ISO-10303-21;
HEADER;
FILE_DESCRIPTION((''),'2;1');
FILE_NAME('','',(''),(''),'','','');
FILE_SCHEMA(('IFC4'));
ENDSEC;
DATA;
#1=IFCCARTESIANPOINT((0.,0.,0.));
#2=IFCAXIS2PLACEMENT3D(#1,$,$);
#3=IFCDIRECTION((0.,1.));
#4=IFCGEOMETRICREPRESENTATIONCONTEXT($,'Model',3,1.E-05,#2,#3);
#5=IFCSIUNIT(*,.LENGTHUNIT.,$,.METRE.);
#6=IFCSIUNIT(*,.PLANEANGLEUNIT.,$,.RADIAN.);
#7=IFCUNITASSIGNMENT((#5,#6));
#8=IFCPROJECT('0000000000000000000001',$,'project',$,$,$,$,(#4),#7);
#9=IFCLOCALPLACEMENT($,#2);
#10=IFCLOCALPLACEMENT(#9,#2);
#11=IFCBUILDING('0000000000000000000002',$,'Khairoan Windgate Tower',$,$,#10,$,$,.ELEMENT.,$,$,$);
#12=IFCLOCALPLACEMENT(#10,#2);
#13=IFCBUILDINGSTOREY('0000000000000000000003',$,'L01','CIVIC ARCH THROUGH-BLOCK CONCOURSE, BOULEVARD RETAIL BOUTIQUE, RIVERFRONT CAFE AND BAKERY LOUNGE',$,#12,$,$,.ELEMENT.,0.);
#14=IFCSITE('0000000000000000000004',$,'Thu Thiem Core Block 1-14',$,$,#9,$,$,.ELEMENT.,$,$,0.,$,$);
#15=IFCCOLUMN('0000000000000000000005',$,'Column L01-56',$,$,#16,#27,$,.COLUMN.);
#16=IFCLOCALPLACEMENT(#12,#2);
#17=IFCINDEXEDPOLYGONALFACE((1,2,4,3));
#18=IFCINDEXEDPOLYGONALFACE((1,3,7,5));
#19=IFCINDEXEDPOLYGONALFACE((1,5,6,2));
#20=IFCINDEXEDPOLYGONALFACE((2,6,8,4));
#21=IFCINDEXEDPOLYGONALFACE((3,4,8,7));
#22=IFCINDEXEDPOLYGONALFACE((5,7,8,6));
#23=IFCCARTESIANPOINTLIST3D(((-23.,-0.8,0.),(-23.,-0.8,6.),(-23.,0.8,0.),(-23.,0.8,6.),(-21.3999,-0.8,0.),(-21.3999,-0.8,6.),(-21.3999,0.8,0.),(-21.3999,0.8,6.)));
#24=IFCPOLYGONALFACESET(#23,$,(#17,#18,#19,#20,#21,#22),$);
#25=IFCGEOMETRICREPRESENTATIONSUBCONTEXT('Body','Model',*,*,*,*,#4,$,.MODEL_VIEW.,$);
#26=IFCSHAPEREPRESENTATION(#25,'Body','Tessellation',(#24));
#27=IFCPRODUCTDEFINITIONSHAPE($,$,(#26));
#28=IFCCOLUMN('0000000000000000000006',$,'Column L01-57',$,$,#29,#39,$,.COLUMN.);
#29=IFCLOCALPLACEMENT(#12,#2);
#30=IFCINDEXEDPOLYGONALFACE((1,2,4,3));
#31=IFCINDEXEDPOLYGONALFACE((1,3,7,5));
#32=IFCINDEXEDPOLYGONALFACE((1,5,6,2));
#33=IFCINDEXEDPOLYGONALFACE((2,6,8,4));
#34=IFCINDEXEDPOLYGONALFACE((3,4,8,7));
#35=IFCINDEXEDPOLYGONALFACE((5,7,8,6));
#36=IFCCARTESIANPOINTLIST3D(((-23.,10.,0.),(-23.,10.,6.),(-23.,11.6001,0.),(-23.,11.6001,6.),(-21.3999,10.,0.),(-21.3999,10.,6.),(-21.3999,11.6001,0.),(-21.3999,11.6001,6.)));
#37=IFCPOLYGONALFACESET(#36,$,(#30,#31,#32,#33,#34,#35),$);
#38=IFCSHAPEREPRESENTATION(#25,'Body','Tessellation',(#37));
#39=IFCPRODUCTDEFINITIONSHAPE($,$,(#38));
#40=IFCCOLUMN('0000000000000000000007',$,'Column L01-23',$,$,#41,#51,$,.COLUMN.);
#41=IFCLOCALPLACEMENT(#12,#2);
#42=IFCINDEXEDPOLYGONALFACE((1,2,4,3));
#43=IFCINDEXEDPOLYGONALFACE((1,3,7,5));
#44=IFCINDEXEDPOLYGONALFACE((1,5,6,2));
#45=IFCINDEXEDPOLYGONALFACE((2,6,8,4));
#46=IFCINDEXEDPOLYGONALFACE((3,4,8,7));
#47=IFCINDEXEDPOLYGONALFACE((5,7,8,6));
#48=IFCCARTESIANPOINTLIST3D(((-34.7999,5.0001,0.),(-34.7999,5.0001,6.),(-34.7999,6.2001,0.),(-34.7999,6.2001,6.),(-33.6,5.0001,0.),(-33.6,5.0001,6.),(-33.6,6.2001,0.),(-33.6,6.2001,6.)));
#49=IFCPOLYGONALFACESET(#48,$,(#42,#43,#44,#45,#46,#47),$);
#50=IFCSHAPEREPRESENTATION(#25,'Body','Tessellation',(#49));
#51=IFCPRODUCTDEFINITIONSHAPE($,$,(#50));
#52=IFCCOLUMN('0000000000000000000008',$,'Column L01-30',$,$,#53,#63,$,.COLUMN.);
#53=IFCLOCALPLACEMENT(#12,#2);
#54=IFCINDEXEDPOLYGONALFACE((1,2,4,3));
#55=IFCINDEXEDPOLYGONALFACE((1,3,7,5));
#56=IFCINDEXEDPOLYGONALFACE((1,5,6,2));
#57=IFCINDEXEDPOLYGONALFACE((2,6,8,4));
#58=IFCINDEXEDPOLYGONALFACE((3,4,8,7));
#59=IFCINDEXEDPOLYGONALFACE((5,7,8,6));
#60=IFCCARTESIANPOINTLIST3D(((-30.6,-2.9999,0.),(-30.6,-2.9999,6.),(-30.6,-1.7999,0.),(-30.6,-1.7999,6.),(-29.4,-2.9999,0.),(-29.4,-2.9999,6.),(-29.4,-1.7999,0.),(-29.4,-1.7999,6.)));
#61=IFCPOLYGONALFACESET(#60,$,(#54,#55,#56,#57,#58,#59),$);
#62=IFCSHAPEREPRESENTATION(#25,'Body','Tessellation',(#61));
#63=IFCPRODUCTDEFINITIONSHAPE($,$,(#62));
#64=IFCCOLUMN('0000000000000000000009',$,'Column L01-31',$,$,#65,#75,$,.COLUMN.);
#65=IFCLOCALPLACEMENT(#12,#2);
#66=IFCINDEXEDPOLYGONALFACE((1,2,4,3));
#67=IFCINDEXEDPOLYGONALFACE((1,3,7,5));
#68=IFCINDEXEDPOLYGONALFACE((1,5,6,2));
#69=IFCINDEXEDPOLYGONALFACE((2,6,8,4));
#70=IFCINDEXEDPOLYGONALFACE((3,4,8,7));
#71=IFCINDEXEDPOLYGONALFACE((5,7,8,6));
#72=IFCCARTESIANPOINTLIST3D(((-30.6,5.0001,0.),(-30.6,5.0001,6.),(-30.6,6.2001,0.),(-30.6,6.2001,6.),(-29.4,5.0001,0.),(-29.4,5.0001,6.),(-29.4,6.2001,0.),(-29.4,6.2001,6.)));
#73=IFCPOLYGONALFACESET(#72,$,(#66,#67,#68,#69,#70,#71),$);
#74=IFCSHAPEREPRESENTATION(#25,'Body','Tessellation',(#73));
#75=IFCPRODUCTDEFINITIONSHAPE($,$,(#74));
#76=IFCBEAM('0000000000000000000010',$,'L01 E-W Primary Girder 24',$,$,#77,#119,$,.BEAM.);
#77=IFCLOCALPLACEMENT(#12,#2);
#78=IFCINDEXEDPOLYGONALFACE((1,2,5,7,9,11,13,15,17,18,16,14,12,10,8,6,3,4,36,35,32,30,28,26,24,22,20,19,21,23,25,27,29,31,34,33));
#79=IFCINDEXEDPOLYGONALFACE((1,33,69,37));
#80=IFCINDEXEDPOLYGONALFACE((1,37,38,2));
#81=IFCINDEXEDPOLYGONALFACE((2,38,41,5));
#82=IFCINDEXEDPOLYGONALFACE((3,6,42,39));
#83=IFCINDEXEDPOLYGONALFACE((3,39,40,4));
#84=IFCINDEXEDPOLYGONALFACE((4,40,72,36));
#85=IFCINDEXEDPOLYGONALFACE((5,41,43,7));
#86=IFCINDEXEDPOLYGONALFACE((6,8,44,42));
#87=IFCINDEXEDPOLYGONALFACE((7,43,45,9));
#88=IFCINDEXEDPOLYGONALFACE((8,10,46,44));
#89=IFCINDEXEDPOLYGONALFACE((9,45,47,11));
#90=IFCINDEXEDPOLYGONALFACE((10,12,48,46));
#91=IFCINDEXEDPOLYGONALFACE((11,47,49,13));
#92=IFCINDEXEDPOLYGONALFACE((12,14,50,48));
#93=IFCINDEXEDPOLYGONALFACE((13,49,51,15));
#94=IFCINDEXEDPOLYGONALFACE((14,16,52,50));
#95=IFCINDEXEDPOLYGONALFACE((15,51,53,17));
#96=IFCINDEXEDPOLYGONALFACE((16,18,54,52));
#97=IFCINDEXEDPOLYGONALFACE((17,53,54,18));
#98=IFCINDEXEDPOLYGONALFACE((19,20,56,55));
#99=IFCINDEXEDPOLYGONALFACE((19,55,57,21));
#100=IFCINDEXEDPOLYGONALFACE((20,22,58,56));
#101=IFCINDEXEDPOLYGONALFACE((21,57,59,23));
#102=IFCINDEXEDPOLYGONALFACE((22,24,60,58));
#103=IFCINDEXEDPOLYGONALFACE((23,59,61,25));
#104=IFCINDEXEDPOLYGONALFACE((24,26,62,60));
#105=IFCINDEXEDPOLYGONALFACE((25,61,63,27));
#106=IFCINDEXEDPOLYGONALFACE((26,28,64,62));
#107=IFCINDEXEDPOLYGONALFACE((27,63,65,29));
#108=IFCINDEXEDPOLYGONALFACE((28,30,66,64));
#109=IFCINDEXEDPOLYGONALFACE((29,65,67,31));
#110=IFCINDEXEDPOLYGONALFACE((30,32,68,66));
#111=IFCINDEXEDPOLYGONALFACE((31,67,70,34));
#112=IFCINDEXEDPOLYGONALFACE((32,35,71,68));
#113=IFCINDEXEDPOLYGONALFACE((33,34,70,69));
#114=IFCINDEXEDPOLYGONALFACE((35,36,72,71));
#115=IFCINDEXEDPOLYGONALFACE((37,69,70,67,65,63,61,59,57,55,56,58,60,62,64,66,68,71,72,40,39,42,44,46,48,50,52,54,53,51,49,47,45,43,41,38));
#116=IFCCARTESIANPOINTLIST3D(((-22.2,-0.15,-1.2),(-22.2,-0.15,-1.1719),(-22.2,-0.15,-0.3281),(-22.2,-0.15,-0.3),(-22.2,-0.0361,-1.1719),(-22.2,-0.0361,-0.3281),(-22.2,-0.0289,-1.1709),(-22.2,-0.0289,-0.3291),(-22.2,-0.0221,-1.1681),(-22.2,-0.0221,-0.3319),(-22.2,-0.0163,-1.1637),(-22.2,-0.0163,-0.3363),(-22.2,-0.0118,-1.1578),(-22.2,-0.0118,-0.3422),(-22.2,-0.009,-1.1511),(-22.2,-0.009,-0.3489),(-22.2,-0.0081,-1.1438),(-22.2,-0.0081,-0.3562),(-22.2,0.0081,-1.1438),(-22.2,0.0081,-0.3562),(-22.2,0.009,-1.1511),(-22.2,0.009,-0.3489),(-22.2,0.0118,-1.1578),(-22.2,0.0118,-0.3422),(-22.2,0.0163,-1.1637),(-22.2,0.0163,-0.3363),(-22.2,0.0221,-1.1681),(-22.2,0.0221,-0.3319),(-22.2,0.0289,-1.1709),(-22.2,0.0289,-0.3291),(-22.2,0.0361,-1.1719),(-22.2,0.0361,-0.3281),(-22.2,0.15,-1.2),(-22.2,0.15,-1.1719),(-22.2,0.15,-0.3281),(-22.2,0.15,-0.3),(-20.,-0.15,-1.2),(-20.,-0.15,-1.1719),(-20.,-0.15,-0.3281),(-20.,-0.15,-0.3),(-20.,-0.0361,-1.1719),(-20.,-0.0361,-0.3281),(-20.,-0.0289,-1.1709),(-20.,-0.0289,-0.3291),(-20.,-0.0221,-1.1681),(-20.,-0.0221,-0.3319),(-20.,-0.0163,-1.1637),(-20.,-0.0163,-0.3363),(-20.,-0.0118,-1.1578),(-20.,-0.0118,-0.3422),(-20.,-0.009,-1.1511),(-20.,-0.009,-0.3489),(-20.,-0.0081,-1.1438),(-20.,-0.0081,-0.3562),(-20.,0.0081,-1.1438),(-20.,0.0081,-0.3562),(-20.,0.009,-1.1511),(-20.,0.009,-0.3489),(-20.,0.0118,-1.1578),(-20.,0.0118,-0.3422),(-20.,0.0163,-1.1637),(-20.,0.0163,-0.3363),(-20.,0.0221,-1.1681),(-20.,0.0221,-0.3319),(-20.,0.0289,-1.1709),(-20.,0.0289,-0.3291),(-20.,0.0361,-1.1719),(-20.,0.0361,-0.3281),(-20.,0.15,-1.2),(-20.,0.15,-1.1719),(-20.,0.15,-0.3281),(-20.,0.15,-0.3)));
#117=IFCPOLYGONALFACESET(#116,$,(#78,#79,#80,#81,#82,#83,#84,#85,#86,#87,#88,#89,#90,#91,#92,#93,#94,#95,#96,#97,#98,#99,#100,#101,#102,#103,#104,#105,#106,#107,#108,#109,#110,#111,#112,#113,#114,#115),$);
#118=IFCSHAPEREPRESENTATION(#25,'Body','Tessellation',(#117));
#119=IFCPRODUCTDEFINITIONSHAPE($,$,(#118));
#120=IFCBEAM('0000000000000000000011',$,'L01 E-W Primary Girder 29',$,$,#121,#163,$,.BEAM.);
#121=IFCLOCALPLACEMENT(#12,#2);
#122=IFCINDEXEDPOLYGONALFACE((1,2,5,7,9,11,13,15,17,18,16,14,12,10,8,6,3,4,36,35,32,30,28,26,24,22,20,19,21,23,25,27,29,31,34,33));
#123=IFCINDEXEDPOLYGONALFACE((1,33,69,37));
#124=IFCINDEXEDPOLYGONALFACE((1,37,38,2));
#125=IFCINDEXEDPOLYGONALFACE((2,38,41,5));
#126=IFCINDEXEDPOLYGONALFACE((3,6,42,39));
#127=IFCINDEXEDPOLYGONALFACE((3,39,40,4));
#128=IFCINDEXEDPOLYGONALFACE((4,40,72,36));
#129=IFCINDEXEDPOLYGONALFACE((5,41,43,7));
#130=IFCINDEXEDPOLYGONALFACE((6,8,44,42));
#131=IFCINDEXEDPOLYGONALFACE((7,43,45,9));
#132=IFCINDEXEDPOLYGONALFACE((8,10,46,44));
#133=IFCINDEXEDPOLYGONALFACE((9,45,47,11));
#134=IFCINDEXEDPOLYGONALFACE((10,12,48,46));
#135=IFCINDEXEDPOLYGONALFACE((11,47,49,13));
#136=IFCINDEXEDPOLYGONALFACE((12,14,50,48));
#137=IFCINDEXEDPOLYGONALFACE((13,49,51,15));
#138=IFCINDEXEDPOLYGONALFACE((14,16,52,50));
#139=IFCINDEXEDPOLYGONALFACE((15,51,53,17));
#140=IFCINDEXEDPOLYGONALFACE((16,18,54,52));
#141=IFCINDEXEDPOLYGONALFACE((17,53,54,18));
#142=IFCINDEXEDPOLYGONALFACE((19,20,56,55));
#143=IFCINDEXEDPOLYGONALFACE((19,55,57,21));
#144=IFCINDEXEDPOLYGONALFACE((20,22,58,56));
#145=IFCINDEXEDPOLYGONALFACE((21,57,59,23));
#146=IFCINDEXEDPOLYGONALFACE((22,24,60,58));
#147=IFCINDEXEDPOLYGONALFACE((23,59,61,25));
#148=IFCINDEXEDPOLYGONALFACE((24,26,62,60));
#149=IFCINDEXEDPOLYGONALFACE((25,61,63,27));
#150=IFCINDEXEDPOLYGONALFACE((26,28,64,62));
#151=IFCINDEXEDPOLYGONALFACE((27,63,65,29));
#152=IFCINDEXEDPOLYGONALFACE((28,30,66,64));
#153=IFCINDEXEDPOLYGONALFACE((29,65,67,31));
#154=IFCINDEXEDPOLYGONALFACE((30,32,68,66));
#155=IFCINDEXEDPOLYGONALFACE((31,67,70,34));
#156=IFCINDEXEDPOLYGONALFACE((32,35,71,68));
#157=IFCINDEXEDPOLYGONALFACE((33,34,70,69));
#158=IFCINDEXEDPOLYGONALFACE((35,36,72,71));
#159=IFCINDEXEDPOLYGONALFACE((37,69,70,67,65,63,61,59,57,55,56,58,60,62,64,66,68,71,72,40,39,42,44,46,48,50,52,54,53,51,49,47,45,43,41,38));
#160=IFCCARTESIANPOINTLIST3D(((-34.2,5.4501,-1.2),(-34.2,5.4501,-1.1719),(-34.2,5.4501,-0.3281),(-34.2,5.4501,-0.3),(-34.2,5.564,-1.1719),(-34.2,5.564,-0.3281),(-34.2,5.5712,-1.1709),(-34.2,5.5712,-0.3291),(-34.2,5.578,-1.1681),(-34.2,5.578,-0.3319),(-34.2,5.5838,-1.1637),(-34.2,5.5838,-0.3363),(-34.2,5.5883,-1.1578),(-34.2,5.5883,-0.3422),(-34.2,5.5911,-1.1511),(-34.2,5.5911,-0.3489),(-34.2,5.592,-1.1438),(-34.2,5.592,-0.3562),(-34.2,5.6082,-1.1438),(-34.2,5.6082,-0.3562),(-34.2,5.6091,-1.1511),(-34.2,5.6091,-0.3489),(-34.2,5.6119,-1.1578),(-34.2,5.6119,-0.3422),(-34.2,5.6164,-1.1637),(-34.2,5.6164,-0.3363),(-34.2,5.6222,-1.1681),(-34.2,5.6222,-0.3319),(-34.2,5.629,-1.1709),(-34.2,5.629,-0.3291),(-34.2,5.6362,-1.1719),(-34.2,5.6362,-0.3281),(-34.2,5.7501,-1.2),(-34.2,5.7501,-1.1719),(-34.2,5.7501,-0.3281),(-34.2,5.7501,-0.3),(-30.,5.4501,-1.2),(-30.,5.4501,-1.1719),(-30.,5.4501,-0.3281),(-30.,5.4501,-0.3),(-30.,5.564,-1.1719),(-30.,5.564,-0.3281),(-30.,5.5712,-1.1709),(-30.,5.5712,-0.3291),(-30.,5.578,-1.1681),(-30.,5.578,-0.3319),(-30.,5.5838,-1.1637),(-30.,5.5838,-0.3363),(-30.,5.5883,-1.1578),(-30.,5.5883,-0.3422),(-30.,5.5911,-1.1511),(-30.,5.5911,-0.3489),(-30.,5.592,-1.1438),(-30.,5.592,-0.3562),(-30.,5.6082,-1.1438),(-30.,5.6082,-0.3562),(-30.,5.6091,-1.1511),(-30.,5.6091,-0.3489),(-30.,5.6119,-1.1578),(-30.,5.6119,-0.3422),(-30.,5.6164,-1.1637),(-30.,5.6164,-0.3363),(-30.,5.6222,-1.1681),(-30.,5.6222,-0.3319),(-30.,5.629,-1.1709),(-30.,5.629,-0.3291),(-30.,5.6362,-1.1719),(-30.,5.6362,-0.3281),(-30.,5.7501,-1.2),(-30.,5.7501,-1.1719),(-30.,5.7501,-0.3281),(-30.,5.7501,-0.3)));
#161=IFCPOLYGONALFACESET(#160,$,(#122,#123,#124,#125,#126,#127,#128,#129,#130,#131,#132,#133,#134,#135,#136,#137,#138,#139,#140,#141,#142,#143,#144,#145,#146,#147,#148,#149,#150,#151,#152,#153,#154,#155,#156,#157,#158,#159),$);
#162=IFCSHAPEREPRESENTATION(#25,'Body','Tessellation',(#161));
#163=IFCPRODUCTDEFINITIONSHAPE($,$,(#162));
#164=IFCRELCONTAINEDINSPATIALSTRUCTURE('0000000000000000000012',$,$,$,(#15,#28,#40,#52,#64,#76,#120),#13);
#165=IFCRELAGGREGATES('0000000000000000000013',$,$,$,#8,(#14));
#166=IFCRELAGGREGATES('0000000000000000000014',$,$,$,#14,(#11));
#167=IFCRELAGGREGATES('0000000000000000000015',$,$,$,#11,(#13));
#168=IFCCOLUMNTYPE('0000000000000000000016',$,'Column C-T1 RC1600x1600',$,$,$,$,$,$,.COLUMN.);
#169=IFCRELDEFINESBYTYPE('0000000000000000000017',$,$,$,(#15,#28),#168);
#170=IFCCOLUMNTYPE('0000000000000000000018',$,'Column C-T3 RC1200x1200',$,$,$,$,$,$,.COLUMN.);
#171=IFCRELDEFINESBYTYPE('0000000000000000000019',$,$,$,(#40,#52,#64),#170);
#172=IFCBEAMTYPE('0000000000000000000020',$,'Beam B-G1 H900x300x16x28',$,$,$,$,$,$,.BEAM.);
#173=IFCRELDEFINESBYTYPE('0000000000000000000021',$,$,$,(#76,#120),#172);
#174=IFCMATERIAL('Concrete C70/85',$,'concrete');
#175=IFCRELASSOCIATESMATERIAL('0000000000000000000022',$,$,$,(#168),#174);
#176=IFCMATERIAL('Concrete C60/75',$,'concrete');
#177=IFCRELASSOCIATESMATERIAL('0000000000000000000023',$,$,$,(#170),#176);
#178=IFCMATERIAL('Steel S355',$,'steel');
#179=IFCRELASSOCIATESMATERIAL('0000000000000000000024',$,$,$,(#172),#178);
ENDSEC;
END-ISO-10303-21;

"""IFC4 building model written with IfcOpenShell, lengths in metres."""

from ifc_helpers import new_model, si_unit, direction, frame, origin, origin_2d, place, context, subcontext, project, spatial, rectangle, i_section, extrude, material, material_profile, profile_set, type_object, element, save


model = new_model("IFC4")

# Units and contexts
model_context = context("Model", 3, precision=1e-05, world=origin(), true_north=direction((0.0, 1.0)))
body_context = subcontext(model_context, "Body", "Model", "MODEL_VIEW")
ifc_project = project(units=[si_unit("LENGTHUNIT", "METRE"), si_unit("PLANEANGLEUNIT", "RADIAN")], contexts=[model_context])

# Site, building, storey
site_placement = place(None, origin())
site = spatial("IfcSite", under=ifc_project, at=site_placement, Name="Thu Thiem Core Block 1-14", CompositionType="ELEMENT", RefElevation=0.0)
building_placement = place(site_placement, origin())
building = spatial("IfcBuilding", under=site, at=building_placement, Name="Khairoan Windgate Tower", CompositionType="ELEMENT")
storey_placement = place(building_placement, origin())
storey = spatial("IfcBuildingStorey", under=building, at=storey_placement, Name="L01", Description="CIVIC ARCH THROUGH-BLOCK CONCOURSE, BOULEVARD RETAIL BOUTIQUE, RIVERFRONT CAFE AND BAKERY LOUNGE", CompositionType="ELEMENT", Elevation=0.0)

# Columns
ifc_material_1 = material(Name="Concrete C70/85", Category="concrete")
ifc_material_profile_1 = material_profile(ifc_material_1, rectangle(XDim=1.6001, YDim=1.6001, at=origin_2d()))
ifc_profile_set_1 = profile_set([ifc_material_profile_1], Name="Concrete C70/85")
column_type_1 = type_object("IfcColumnType", Name="Column C-T1 RC1600x1600", PredefinedType="COLUMN", material=ifc_profile_set_1)
for number, where, z_axis, x_axis, name in (
    (1, (-22.2, 0.0, 0.0), (0.0, 0.0, 1.0), (1.0, 0.0, 0.0), "Column L01-56"),
    (2, (-22.2, 10.8, 0.0), (0.0, 0.0, 1.0), (1.0, 0.0, 0.0), "Column L01-57"),
):
    element("IfcColumn", number, at=place(storey_placement, frame(where, z_axis=z_axis, x_axis=x_axis)), inside=storey, type_object=column_type_1, Name=name, PredefinedType="COLUMN", context=body_context, shape_type="SweptSolid", body=[
        extrude(rectangle(XDim=1.6001, YDim=1.6001, at=origin_2d()), origin(), (0.0, 0.0, 1.0), 6.0),
    ])
ifc_material_2 = material(Name="Concrete C60/75", Category="concrete")
ifc_material_profile_2 = material_profile(ifc_material_2, rectangle(XDim=1.2, YDim=1.2, at=origin_2d()))
ifc_profile_set_2 = profile_set([ifc_material_profile_2], Name="Concrete C60/75")
column_type_2 = type_object("IfcColumnType", Name="Column C-T3 RC1200x1200", PredefinedType="COLUMN", material=ifc_profile_set_2)
for number, where, z_axis, x_axis, name in (
    (3, (-34.2, 5.6001, 0.0), (0.0, 0.0, 1.0), (1.0, 0.0, 0.0), "Column L01-23"),
    (4, (-30.0, -2.3999, 0.0), (0.0, 0.0, 1.0), (1.0, 0.0, 0.0), "Column L01-30"),
    (5, (-30.0, 5.6001, 0.0), (0.0, 0.0, 1.0), (1.0, 0.0, 0.0), "Column L01-31"),
):
    element("IfcColumn", number, at=place(storey_placement, frame(where, z_axis=z_axis, x_axis=x_axis)), inside=storey, type_object=column_type_2, Name=name, PredefinedType="COLUMN", context=body_context, shape_type="SweptSolid", body=[
        extrude(rectangle(XDim=1.2, YDim=1.2, at=origin_2d()), origin(), (0.0, 0.0, 1.0), 6.0),
    ])

# Beams
ifc_material_3 = material(Name="Steel S355", Category="steel")
ifc_material_profile_3 = material_profile(ifc_material_3, i_section(OverallWidth=0.3, OverallDepth=0.8999, WebThickness=0.0161, FlangeThickness=0.0281, FilletRadius=0.0281, at=origin_2d()))
ifc_profile_set_3 = profile_set([ifc_material_profile_3], Name="Steel S355")
beam_type_1 = type_object("IfcBeamType", Name="Beam B-G1 H900x300x16x28", PredefinedType="BEAM", material=ifc_profile_set_3)
beam_1_placement = place(storey_placement, frame((-22.2, 0.0, -0.75), z_axis=(1.0, 0.0, 0.0), x_axis=(0.0, 1.0, 0.0)))
element("IfcBeam", 6, at=beam_1_placement, inside=storey, type_object=beam_type_1, Name="L01 E-W Primary Girder 24", PredefinedType="BEAM", context=body_context, shape_type="SweptSolid", body=[
    extrude(i_section(OverallWidth=0.3, OverallDepth=0.8999, WebThickness=0.0161, FlangeThickness=0.0281, FilletRadius=0.0281, at=origin_2d()), origin(), (0.0, 0.0, 1.0), 2.2),
])
beam_2_placement = place(storey_placement, frame((-34.2, 5.6001, -0.75), z_axis=(1.0, 0.0, 0.0), x_axis=(0.0, 1.0, 0.0)))
element("IfcBeam", 7, at=beam_2_placement, inside=storey, type_object=beam_type_1, Name="L01 E-W Primary Girder 29", PredefinedType="BEAM", context=body_context, shape_type="SweptSolid", body=[
    extrude(i_section(OverallWidth=0.3, OverallDepth=0.8999, WebThickness=0.0161, FlangeThickness=0.0281, FilletRadius=0.0281, at=origin_2d()), origin(), (0.0, 0.0, 1.0), 4.2),
])

save(model, "model.ifc")
